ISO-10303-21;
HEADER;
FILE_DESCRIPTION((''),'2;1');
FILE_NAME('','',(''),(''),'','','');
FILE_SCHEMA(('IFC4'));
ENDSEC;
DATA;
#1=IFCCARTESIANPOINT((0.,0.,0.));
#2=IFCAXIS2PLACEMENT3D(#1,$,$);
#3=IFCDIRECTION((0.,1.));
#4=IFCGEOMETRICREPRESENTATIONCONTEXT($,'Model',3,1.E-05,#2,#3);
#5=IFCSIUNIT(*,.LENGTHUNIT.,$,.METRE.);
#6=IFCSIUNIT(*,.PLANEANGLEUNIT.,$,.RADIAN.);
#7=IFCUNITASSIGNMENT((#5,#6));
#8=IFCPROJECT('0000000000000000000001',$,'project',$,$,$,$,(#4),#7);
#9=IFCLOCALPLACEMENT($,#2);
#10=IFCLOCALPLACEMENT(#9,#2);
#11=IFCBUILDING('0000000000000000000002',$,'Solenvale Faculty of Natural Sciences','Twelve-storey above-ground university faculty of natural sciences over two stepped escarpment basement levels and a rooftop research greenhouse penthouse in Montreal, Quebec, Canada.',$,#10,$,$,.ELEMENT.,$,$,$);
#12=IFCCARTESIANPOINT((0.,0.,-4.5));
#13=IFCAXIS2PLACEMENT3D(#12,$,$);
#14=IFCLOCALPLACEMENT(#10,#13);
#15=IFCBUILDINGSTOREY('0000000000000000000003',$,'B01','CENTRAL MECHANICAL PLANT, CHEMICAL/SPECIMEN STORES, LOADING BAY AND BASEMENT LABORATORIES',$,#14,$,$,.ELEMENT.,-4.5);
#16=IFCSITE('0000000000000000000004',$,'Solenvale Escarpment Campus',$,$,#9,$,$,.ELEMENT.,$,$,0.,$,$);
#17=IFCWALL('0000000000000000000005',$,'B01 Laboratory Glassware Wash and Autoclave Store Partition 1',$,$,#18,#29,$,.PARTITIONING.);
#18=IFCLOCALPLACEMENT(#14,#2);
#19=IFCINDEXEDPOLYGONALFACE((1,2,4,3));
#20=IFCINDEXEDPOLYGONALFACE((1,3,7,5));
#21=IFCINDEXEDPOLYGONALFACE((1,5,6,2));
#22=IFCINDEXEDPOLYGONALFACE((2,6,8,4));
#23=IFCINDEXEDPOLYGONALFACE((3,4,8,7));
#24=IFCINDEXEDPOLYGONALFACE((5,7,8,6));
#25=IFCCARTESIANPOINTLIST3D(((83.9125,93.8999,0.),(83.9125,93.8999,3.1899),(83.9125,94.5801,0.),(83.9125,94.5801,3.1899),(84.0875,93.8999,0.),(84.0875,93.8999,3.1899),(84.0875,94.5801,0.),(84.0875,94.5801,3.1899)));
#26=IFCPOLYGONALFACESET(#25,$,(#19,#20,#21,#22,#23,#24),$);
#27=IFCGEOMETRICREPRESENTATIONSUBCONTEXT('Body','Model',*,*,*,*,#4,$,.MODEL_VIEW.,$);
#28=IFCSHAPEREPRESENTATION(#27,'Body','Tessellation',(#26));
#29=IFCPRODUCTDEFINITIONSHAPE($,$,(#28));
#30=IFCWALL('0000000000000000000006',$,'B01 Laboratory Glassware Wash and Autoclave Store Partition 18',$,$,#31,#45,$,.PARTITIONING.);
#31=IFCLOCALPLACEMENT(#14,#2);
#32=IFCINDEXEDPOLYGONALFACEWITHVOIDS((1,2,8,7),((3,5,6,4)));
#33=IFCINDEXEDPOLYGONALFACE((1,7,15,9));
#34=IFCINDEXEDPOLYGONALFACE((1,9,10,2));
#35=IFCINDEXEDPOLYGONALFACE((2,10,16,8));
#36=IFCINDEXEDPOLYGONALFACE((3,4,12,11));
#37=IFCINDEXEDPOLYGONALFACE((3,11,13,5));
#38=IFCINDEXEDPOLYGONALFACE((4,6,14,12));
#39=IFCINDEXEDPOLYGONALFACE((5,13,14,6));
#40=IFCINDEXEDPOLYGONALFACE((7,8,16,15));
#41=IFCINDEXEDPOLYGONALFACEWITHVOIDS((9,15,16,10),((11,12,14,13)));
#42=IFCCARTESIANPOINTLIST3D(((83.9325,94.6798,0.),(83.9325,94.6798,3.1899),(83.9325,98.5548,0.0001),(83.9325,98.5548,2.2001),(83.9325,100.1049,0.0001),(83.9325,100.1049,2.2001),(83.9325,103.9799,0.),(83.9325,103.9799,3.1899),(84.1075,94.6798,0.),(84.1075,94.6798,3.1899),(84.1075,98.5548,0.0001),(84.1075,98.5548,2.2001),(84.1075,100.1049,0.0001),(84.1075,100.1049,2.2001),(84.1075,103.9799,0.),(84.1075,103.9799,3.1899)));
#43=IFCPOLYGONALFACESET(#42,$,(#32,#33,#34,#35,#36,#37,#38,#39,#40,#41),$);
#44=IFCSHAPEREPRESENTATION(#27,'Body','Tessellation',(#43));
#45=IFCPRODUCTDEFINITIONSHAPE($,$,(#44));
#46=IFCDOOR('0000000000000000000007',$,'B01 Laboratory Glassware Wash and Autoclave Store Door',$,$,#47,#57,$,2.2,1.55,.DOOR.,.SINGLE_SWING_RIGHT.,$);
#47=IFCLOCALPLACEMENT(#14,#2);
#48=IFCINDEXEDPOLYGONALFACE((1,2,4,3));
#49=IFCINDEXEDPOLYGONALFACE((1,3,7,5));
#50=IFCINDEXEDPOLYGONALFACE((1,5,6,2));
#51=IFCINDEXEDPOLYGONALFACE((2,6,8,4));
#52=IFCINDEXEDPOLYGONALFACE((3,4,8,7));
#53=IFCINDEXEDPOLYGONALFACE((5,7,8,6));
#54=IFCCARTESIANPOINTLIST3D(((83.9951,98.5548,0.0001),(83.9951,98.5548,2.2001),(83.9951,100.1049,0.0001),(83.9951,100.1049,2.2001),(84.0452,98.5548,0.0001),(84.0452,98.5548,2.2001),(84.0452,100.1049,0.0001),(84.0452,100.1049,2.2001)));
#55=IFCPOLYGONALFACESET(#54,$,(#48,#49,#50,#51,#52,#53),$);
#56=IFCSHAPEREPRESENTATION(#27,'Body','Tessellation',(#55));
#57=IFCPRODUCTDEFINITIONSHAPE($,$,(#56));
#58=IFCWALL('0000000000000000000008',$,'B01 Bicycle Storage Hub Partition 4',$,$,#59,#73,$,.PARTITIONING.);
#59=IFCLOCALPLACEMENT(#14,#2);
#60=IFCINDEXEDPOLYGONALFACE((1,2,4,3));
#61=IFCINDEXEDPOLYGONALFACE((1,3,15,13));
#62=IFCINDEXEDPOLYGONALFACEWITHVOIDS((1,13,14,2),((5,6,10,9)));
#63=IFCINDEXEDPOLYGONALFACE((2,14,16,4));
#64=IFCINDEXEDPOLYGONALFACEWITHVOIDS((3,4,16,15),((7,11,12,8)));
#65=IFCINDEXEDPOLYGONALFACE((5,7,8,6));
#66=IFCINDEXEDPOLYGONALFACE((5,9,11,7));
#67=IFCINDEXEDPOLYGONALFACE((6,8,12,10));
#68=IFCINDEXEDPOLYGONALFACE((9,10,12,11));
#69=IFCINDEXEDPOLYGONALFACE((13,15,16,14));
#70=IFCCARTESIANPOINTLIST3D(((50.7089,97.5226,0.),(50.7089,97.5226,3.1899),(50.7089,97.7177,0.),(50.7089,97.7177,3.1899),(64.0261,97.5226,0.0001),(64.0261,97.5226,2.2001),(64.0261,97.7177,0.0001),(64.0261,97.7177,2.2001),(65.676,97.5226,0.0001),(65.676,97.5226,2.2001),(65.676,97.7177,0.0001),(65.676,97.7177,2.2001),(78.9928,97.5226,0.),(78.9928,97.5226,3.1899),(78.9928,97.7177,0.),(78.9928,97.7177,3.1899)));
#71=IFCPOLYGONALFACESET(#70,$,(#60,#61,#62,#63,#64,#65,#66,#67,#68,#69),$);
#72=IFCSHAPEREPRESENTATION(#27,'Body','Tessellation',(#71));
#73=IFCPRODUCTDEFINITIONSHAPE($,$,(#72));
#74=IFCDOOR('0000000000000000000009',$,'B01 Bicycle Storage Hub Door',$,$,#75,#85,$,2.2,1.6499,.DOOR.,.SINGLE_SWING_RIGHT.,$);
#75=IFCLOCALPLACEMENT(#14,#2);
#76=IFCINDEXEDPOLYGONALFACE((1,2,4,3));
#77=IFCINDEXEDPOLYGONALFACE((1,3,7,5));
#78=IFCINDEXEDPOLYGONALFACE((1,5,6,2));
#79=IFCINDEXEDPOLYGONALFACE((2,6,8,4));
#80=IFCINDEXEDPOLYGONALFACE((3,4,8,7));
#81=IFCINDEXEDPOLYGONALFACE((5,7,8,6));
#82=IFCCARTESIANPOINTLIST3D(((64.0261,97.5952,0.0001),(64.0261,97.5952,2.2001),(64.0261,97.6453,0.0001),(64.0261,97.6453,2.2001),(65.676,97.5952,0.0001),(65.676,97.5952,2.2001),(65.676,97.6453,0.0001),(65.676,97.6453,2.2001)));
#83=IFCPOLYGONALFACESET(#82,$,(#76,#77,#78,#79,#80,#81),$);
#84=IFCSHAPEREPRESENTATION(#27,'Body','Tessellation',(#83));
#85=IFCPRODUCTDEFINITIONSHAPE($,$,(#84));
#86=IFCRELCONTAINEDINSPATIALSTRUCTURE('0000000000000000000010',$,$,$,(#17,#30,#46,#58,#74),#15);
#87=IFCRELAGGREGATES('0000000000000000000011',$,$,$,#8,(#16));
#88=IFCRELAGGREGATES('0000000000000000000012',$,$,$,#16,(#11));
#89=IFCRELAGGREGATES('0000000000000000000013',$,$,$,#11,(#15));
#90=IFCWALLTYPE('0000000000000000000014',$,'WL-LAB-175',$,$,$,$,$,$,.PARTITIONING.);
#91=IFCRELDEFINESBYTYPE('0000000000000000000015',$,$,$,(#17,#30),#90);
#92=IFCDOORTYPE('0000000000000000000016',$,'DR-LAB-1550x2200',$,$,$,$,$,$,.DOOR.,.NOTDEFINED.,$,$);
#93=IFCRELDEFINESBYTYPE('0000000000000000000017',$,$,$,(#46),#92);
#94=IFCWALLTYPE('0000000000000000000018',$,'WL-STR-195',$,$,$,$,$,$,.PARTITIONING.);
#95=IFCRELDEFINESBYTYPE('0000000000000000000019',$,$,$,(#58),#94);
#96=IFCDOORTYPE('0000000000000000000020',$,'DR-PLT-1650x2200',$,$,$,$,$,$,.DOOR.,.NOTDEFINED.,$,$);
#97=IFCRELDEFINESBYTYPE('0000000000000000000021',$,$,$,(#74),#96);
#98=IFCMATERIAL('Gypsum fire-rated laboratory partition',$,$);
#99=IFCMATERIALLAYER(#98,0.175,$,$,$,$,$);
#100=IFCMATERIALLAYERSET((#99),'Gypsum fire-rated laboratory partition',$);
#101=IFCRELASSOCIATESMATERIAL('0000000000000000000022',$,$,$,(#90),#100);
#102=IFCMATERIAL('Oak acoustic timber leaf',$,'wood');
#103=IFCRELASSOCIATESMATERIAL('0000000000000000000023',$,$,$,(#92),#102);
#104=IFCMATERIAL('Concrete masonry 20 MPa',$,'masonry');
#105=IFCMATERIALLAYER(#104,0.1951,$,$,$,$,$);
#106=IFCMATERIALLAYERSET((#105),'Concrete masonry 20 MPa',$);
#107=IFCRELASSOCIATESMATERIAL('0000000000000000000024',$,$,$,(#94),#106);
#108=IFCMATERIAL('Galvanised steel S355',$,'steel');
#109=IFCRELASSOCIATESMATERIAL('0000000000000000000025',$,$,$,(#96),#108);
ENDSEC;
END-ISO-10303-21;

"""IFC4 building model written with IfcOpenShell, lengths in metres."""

from ifc_helpers import new_model, si_unit, direction, frame, frame_2d, origin, place, context, subcontext, project, spatial, rectangle, extrude, material, layer, layer_set, type_object, element, fill, save


model = new_model("IFC4")

# Units and contexts
model_context = context("Model", 3, precision=1e-05, world=origin(), true_north=direction((0.0, 1.0)))
body_context = subcontext(model_context, "Body", "Model", "MODEL_VIEW")
ifc_project = project(units=[si_unit("LENGTHUNIT", "METRE"), si_unit("PLANEANGLEUNIT", "RADIAN")], contexts=[model_context])

# Site, building, storey
site_placement = place(None, origin())
site = spatial("IfcSite", under=ifc_project, at=site_placement, Name="Solenvale Escarpment Campus", CompositionType="ELEMENT", RefElevation=0.0)
building_placement = place(site_placement, origin())
building = spatial("IfcBuilding", under=site, at=building_placement, Name="Solenvale Faculty of Natural Sciences", Description="Twelve-storey above-ground university faculty of natural sciences over two stepped escarpment basement levels and a rooftop research greenhouse penthouse in Montreal, Quebec, Canada.", CompositionType="ELEMENT")
storey_placement = place(building_placement, frame((0.0, 0.0, -4.5)))
storey = spatial("IfcBuildingStorey", under=building, at=storey_placement, Name="B01", Description="CENTRAL MECHANICAL PLANT, CHEMICAL/SPECIMEN STORES, LOADING BAY AND BASEMENT LABORATORIES", CompositionType="ELEMENT", Elevation=-4.5)

# Wall
ifc_material_1 = material(Name="Gypsum fire-rated laboratory partition")
ifc_layer_1 = layer(ifc_material_1, 0.175)
ifc_layer_set_1 = layer_set([ifc_layer_1], Name="Gypsum fire-rated laboratory partition")
wall_type_1 = type_object("IfcWallType", Name="WL-LAB-175", PredefinedType="PARTITIONING", material=ifc_layer_set_1)
wall_1_placement = place(storey_placement, frame((84.0, 93.8999, 0.0), z_axis=(0.0, 0.0, 1.0), x_axis=(0.0, 1.0, 0.0)))
element("IfcWall", 1, at=wall_1_placement, inside=storey, type_object=wall_type_1, Name="B01 Laboratory Glassware Wash and Autoclave Store Partition 1", PredefinedType="PARTITIONING", context=body_context, shape_type="SweptSolid", body=[
    extrude(rectangle(XDim=0.6802, YDim=0.175, at=frame_2d((0.3401, 0.0))), origin(), (0.0, 0.0, 1.0), 3.1899),
])

# Walls, openings, doors
wall_2_placement = place(storey_placement, frame((84.02, 94.6799, 0.0), z_axis=(0.0, 0.0, 1.0), x_axis=(0.0, 1.0, 0.0)))
wall_2 = element("IfcWall", 2, at=wall_2_placement, inside=storey, type_object=wall_type_1, Name="B01 Laboratory Glassware Wash and Autoclave Store Partition 18", PredefinedType="PARTITIONING", context=body_context, shape_type="SweptSolid", body=[
    extrude(rectangle(XDim=9.3, YDim=0.175, at=frame_2d((4.6499, 0.0))), origin(), (0.0, 0.0, 1.0), 3.1899),
])
opening_1_placement = place(wall_2_placement, frame((3.875, 0.0, 0.0)))
opening_1 = element("IfcOpeningElement", 3, at=opening_1_placement, cuts=wall_2, PredefinedType="OPENING", context=body_context, shape_type="SweptSolid", body=[
    extrude(rectangle(XDim=1.55, YDim=2.2, at=frame_2d((0.7749, 1.1001))), frame((0.0, 0.0974, 0.0), z_axis=(0.0, -1.0, 0.0), x_axis=(1.0, 0.0, 0.0)), (0.0, 0.0, 1.0), 0.1951),
])
ifc_material_2 = material(Name="Oak acoustic timber leaf", Category="wood")
door_type_1 = type_object("IfcDoorType", Name="DR-LAB-1550x2200", OperationType="NOTDEFINED", PredefinedType="DOOR", material=ifc_material_2)
door_1_placement = place(opening_1_placement, origin())
door_1 = element("IfcDoor", 4, at=door_1_placement, inside=storey, type_object=door_type_1, Name="B01 Laboratory Glassware Wash and Autoclave Store Door", OperationType="SINGLE_SWING_RIGHT", OverallHeight=2.2, OverallWidth=1.55, PredefinedType="DOOR", context=body_context, shape_type="SweptSolid", body=[
    extrude(rectangle(XDim=1.55, YDim=2.2, at=frame_2d((0.7749, 1.1001))), frame((0.0, 0.0249, 0.0), z_axis=(0.0, -1.0, 0.0), x_axis=(1.0, 0.0, 0.0)), (0.0, 0.0, 1.0), 0.05),
])
fill(opening_1, door_1)
ifc_material_3 = material(Name="Concrete masonry 20 MPa", Category="masonry")
ifc_layer_2 = layer(ifc_material_3, 0.1951)
ifc_layer_set_2 = layer_set([ifc_layer_2], Name="Concrete masonry 20 MPa")
wall_type_2 = type_object("IfcWallType", Name="WL-STR-195", PredefinedType="PARTITIONING", material=ifc_layer_set_2)
wall_3_placement = place(storey_placement, frame((78.9929, 97.6201, 0.0), z_axis=(0.0, 0.0, 1.0), x_axis=(-1.0, 0.0, 0.0)))
wall_3 = element("IfcWall", 5, at=wall_3_placement, inside=storey, type_object=wall_type_2, Name="B01 Bicycle Storage Hub Partition 4", PredefinedType="PARTITIONING", context=body_context, shape_type="SweptSolid", body=[
    extrude(rectangle(XDim=28.2839, YDim=0.1951, at=frame_2d((14.1421, 0.0))), origin(), (0.0, 0.0, 1.0), 3.1899),
])
opening_2_placement = place(wall_3_placement, frame((13.3169, 0.0, 0.0)))
opening_2 = element("IfcOpeningElement", 6, at=opening_2_placement, cuts=wall_3, PredefinedType="OPENING", context=body_context, shape_type="SweptSolid", body=[
    extrude(rectangle(XDim=1.6499, YDim=2.2, at=frame_2d((0.825, 1.1001))), frame((0.0, 0.1074, 0.0), z_axis=(0.0, -1.0, 0.0), x_axis=(1.0, 0.0, 0.0)), (0.0, 0.0, 1.0), 0.2151),
])
ifc_material_4 = material(Name="Galvanised steel S355", Category="steel")
door_type_2 = type_object("IfcDoorType", Name="DR-PLT-1650x2200", OperationType="NOTDEFINED", PredefinedType="DOOR", material=ifc_material_4)
door_2_placement = place(opening_2_placement, origin())
door_2 = element("IfcDoor", 7, at=door_2_placement, inside=storey, type_object=door_type_2, Name="B01 Bicycle Storage Hub Door", OperationType="SINGLE_SWING_RIGHT", OverallHeight=2.2, OverallWidth=1.6499, PredefinedType="DOOR", context=body_context, shape_type="SweptSolid", body=[
    extrude(rectangle(XDim=1.6499, YDim=2.2, at=frame_2d((0.825, 1.1001))), frame((0.0, 0.0249, 0.0), z_axis=(0.0, -1.0, 0.0), x_axis=(1.0, 0.0, 0.0)), (0.0, 0.0, 1.0), 0.05),
])
fill(opening_2, door_2)

save(model, "model.ifc")
